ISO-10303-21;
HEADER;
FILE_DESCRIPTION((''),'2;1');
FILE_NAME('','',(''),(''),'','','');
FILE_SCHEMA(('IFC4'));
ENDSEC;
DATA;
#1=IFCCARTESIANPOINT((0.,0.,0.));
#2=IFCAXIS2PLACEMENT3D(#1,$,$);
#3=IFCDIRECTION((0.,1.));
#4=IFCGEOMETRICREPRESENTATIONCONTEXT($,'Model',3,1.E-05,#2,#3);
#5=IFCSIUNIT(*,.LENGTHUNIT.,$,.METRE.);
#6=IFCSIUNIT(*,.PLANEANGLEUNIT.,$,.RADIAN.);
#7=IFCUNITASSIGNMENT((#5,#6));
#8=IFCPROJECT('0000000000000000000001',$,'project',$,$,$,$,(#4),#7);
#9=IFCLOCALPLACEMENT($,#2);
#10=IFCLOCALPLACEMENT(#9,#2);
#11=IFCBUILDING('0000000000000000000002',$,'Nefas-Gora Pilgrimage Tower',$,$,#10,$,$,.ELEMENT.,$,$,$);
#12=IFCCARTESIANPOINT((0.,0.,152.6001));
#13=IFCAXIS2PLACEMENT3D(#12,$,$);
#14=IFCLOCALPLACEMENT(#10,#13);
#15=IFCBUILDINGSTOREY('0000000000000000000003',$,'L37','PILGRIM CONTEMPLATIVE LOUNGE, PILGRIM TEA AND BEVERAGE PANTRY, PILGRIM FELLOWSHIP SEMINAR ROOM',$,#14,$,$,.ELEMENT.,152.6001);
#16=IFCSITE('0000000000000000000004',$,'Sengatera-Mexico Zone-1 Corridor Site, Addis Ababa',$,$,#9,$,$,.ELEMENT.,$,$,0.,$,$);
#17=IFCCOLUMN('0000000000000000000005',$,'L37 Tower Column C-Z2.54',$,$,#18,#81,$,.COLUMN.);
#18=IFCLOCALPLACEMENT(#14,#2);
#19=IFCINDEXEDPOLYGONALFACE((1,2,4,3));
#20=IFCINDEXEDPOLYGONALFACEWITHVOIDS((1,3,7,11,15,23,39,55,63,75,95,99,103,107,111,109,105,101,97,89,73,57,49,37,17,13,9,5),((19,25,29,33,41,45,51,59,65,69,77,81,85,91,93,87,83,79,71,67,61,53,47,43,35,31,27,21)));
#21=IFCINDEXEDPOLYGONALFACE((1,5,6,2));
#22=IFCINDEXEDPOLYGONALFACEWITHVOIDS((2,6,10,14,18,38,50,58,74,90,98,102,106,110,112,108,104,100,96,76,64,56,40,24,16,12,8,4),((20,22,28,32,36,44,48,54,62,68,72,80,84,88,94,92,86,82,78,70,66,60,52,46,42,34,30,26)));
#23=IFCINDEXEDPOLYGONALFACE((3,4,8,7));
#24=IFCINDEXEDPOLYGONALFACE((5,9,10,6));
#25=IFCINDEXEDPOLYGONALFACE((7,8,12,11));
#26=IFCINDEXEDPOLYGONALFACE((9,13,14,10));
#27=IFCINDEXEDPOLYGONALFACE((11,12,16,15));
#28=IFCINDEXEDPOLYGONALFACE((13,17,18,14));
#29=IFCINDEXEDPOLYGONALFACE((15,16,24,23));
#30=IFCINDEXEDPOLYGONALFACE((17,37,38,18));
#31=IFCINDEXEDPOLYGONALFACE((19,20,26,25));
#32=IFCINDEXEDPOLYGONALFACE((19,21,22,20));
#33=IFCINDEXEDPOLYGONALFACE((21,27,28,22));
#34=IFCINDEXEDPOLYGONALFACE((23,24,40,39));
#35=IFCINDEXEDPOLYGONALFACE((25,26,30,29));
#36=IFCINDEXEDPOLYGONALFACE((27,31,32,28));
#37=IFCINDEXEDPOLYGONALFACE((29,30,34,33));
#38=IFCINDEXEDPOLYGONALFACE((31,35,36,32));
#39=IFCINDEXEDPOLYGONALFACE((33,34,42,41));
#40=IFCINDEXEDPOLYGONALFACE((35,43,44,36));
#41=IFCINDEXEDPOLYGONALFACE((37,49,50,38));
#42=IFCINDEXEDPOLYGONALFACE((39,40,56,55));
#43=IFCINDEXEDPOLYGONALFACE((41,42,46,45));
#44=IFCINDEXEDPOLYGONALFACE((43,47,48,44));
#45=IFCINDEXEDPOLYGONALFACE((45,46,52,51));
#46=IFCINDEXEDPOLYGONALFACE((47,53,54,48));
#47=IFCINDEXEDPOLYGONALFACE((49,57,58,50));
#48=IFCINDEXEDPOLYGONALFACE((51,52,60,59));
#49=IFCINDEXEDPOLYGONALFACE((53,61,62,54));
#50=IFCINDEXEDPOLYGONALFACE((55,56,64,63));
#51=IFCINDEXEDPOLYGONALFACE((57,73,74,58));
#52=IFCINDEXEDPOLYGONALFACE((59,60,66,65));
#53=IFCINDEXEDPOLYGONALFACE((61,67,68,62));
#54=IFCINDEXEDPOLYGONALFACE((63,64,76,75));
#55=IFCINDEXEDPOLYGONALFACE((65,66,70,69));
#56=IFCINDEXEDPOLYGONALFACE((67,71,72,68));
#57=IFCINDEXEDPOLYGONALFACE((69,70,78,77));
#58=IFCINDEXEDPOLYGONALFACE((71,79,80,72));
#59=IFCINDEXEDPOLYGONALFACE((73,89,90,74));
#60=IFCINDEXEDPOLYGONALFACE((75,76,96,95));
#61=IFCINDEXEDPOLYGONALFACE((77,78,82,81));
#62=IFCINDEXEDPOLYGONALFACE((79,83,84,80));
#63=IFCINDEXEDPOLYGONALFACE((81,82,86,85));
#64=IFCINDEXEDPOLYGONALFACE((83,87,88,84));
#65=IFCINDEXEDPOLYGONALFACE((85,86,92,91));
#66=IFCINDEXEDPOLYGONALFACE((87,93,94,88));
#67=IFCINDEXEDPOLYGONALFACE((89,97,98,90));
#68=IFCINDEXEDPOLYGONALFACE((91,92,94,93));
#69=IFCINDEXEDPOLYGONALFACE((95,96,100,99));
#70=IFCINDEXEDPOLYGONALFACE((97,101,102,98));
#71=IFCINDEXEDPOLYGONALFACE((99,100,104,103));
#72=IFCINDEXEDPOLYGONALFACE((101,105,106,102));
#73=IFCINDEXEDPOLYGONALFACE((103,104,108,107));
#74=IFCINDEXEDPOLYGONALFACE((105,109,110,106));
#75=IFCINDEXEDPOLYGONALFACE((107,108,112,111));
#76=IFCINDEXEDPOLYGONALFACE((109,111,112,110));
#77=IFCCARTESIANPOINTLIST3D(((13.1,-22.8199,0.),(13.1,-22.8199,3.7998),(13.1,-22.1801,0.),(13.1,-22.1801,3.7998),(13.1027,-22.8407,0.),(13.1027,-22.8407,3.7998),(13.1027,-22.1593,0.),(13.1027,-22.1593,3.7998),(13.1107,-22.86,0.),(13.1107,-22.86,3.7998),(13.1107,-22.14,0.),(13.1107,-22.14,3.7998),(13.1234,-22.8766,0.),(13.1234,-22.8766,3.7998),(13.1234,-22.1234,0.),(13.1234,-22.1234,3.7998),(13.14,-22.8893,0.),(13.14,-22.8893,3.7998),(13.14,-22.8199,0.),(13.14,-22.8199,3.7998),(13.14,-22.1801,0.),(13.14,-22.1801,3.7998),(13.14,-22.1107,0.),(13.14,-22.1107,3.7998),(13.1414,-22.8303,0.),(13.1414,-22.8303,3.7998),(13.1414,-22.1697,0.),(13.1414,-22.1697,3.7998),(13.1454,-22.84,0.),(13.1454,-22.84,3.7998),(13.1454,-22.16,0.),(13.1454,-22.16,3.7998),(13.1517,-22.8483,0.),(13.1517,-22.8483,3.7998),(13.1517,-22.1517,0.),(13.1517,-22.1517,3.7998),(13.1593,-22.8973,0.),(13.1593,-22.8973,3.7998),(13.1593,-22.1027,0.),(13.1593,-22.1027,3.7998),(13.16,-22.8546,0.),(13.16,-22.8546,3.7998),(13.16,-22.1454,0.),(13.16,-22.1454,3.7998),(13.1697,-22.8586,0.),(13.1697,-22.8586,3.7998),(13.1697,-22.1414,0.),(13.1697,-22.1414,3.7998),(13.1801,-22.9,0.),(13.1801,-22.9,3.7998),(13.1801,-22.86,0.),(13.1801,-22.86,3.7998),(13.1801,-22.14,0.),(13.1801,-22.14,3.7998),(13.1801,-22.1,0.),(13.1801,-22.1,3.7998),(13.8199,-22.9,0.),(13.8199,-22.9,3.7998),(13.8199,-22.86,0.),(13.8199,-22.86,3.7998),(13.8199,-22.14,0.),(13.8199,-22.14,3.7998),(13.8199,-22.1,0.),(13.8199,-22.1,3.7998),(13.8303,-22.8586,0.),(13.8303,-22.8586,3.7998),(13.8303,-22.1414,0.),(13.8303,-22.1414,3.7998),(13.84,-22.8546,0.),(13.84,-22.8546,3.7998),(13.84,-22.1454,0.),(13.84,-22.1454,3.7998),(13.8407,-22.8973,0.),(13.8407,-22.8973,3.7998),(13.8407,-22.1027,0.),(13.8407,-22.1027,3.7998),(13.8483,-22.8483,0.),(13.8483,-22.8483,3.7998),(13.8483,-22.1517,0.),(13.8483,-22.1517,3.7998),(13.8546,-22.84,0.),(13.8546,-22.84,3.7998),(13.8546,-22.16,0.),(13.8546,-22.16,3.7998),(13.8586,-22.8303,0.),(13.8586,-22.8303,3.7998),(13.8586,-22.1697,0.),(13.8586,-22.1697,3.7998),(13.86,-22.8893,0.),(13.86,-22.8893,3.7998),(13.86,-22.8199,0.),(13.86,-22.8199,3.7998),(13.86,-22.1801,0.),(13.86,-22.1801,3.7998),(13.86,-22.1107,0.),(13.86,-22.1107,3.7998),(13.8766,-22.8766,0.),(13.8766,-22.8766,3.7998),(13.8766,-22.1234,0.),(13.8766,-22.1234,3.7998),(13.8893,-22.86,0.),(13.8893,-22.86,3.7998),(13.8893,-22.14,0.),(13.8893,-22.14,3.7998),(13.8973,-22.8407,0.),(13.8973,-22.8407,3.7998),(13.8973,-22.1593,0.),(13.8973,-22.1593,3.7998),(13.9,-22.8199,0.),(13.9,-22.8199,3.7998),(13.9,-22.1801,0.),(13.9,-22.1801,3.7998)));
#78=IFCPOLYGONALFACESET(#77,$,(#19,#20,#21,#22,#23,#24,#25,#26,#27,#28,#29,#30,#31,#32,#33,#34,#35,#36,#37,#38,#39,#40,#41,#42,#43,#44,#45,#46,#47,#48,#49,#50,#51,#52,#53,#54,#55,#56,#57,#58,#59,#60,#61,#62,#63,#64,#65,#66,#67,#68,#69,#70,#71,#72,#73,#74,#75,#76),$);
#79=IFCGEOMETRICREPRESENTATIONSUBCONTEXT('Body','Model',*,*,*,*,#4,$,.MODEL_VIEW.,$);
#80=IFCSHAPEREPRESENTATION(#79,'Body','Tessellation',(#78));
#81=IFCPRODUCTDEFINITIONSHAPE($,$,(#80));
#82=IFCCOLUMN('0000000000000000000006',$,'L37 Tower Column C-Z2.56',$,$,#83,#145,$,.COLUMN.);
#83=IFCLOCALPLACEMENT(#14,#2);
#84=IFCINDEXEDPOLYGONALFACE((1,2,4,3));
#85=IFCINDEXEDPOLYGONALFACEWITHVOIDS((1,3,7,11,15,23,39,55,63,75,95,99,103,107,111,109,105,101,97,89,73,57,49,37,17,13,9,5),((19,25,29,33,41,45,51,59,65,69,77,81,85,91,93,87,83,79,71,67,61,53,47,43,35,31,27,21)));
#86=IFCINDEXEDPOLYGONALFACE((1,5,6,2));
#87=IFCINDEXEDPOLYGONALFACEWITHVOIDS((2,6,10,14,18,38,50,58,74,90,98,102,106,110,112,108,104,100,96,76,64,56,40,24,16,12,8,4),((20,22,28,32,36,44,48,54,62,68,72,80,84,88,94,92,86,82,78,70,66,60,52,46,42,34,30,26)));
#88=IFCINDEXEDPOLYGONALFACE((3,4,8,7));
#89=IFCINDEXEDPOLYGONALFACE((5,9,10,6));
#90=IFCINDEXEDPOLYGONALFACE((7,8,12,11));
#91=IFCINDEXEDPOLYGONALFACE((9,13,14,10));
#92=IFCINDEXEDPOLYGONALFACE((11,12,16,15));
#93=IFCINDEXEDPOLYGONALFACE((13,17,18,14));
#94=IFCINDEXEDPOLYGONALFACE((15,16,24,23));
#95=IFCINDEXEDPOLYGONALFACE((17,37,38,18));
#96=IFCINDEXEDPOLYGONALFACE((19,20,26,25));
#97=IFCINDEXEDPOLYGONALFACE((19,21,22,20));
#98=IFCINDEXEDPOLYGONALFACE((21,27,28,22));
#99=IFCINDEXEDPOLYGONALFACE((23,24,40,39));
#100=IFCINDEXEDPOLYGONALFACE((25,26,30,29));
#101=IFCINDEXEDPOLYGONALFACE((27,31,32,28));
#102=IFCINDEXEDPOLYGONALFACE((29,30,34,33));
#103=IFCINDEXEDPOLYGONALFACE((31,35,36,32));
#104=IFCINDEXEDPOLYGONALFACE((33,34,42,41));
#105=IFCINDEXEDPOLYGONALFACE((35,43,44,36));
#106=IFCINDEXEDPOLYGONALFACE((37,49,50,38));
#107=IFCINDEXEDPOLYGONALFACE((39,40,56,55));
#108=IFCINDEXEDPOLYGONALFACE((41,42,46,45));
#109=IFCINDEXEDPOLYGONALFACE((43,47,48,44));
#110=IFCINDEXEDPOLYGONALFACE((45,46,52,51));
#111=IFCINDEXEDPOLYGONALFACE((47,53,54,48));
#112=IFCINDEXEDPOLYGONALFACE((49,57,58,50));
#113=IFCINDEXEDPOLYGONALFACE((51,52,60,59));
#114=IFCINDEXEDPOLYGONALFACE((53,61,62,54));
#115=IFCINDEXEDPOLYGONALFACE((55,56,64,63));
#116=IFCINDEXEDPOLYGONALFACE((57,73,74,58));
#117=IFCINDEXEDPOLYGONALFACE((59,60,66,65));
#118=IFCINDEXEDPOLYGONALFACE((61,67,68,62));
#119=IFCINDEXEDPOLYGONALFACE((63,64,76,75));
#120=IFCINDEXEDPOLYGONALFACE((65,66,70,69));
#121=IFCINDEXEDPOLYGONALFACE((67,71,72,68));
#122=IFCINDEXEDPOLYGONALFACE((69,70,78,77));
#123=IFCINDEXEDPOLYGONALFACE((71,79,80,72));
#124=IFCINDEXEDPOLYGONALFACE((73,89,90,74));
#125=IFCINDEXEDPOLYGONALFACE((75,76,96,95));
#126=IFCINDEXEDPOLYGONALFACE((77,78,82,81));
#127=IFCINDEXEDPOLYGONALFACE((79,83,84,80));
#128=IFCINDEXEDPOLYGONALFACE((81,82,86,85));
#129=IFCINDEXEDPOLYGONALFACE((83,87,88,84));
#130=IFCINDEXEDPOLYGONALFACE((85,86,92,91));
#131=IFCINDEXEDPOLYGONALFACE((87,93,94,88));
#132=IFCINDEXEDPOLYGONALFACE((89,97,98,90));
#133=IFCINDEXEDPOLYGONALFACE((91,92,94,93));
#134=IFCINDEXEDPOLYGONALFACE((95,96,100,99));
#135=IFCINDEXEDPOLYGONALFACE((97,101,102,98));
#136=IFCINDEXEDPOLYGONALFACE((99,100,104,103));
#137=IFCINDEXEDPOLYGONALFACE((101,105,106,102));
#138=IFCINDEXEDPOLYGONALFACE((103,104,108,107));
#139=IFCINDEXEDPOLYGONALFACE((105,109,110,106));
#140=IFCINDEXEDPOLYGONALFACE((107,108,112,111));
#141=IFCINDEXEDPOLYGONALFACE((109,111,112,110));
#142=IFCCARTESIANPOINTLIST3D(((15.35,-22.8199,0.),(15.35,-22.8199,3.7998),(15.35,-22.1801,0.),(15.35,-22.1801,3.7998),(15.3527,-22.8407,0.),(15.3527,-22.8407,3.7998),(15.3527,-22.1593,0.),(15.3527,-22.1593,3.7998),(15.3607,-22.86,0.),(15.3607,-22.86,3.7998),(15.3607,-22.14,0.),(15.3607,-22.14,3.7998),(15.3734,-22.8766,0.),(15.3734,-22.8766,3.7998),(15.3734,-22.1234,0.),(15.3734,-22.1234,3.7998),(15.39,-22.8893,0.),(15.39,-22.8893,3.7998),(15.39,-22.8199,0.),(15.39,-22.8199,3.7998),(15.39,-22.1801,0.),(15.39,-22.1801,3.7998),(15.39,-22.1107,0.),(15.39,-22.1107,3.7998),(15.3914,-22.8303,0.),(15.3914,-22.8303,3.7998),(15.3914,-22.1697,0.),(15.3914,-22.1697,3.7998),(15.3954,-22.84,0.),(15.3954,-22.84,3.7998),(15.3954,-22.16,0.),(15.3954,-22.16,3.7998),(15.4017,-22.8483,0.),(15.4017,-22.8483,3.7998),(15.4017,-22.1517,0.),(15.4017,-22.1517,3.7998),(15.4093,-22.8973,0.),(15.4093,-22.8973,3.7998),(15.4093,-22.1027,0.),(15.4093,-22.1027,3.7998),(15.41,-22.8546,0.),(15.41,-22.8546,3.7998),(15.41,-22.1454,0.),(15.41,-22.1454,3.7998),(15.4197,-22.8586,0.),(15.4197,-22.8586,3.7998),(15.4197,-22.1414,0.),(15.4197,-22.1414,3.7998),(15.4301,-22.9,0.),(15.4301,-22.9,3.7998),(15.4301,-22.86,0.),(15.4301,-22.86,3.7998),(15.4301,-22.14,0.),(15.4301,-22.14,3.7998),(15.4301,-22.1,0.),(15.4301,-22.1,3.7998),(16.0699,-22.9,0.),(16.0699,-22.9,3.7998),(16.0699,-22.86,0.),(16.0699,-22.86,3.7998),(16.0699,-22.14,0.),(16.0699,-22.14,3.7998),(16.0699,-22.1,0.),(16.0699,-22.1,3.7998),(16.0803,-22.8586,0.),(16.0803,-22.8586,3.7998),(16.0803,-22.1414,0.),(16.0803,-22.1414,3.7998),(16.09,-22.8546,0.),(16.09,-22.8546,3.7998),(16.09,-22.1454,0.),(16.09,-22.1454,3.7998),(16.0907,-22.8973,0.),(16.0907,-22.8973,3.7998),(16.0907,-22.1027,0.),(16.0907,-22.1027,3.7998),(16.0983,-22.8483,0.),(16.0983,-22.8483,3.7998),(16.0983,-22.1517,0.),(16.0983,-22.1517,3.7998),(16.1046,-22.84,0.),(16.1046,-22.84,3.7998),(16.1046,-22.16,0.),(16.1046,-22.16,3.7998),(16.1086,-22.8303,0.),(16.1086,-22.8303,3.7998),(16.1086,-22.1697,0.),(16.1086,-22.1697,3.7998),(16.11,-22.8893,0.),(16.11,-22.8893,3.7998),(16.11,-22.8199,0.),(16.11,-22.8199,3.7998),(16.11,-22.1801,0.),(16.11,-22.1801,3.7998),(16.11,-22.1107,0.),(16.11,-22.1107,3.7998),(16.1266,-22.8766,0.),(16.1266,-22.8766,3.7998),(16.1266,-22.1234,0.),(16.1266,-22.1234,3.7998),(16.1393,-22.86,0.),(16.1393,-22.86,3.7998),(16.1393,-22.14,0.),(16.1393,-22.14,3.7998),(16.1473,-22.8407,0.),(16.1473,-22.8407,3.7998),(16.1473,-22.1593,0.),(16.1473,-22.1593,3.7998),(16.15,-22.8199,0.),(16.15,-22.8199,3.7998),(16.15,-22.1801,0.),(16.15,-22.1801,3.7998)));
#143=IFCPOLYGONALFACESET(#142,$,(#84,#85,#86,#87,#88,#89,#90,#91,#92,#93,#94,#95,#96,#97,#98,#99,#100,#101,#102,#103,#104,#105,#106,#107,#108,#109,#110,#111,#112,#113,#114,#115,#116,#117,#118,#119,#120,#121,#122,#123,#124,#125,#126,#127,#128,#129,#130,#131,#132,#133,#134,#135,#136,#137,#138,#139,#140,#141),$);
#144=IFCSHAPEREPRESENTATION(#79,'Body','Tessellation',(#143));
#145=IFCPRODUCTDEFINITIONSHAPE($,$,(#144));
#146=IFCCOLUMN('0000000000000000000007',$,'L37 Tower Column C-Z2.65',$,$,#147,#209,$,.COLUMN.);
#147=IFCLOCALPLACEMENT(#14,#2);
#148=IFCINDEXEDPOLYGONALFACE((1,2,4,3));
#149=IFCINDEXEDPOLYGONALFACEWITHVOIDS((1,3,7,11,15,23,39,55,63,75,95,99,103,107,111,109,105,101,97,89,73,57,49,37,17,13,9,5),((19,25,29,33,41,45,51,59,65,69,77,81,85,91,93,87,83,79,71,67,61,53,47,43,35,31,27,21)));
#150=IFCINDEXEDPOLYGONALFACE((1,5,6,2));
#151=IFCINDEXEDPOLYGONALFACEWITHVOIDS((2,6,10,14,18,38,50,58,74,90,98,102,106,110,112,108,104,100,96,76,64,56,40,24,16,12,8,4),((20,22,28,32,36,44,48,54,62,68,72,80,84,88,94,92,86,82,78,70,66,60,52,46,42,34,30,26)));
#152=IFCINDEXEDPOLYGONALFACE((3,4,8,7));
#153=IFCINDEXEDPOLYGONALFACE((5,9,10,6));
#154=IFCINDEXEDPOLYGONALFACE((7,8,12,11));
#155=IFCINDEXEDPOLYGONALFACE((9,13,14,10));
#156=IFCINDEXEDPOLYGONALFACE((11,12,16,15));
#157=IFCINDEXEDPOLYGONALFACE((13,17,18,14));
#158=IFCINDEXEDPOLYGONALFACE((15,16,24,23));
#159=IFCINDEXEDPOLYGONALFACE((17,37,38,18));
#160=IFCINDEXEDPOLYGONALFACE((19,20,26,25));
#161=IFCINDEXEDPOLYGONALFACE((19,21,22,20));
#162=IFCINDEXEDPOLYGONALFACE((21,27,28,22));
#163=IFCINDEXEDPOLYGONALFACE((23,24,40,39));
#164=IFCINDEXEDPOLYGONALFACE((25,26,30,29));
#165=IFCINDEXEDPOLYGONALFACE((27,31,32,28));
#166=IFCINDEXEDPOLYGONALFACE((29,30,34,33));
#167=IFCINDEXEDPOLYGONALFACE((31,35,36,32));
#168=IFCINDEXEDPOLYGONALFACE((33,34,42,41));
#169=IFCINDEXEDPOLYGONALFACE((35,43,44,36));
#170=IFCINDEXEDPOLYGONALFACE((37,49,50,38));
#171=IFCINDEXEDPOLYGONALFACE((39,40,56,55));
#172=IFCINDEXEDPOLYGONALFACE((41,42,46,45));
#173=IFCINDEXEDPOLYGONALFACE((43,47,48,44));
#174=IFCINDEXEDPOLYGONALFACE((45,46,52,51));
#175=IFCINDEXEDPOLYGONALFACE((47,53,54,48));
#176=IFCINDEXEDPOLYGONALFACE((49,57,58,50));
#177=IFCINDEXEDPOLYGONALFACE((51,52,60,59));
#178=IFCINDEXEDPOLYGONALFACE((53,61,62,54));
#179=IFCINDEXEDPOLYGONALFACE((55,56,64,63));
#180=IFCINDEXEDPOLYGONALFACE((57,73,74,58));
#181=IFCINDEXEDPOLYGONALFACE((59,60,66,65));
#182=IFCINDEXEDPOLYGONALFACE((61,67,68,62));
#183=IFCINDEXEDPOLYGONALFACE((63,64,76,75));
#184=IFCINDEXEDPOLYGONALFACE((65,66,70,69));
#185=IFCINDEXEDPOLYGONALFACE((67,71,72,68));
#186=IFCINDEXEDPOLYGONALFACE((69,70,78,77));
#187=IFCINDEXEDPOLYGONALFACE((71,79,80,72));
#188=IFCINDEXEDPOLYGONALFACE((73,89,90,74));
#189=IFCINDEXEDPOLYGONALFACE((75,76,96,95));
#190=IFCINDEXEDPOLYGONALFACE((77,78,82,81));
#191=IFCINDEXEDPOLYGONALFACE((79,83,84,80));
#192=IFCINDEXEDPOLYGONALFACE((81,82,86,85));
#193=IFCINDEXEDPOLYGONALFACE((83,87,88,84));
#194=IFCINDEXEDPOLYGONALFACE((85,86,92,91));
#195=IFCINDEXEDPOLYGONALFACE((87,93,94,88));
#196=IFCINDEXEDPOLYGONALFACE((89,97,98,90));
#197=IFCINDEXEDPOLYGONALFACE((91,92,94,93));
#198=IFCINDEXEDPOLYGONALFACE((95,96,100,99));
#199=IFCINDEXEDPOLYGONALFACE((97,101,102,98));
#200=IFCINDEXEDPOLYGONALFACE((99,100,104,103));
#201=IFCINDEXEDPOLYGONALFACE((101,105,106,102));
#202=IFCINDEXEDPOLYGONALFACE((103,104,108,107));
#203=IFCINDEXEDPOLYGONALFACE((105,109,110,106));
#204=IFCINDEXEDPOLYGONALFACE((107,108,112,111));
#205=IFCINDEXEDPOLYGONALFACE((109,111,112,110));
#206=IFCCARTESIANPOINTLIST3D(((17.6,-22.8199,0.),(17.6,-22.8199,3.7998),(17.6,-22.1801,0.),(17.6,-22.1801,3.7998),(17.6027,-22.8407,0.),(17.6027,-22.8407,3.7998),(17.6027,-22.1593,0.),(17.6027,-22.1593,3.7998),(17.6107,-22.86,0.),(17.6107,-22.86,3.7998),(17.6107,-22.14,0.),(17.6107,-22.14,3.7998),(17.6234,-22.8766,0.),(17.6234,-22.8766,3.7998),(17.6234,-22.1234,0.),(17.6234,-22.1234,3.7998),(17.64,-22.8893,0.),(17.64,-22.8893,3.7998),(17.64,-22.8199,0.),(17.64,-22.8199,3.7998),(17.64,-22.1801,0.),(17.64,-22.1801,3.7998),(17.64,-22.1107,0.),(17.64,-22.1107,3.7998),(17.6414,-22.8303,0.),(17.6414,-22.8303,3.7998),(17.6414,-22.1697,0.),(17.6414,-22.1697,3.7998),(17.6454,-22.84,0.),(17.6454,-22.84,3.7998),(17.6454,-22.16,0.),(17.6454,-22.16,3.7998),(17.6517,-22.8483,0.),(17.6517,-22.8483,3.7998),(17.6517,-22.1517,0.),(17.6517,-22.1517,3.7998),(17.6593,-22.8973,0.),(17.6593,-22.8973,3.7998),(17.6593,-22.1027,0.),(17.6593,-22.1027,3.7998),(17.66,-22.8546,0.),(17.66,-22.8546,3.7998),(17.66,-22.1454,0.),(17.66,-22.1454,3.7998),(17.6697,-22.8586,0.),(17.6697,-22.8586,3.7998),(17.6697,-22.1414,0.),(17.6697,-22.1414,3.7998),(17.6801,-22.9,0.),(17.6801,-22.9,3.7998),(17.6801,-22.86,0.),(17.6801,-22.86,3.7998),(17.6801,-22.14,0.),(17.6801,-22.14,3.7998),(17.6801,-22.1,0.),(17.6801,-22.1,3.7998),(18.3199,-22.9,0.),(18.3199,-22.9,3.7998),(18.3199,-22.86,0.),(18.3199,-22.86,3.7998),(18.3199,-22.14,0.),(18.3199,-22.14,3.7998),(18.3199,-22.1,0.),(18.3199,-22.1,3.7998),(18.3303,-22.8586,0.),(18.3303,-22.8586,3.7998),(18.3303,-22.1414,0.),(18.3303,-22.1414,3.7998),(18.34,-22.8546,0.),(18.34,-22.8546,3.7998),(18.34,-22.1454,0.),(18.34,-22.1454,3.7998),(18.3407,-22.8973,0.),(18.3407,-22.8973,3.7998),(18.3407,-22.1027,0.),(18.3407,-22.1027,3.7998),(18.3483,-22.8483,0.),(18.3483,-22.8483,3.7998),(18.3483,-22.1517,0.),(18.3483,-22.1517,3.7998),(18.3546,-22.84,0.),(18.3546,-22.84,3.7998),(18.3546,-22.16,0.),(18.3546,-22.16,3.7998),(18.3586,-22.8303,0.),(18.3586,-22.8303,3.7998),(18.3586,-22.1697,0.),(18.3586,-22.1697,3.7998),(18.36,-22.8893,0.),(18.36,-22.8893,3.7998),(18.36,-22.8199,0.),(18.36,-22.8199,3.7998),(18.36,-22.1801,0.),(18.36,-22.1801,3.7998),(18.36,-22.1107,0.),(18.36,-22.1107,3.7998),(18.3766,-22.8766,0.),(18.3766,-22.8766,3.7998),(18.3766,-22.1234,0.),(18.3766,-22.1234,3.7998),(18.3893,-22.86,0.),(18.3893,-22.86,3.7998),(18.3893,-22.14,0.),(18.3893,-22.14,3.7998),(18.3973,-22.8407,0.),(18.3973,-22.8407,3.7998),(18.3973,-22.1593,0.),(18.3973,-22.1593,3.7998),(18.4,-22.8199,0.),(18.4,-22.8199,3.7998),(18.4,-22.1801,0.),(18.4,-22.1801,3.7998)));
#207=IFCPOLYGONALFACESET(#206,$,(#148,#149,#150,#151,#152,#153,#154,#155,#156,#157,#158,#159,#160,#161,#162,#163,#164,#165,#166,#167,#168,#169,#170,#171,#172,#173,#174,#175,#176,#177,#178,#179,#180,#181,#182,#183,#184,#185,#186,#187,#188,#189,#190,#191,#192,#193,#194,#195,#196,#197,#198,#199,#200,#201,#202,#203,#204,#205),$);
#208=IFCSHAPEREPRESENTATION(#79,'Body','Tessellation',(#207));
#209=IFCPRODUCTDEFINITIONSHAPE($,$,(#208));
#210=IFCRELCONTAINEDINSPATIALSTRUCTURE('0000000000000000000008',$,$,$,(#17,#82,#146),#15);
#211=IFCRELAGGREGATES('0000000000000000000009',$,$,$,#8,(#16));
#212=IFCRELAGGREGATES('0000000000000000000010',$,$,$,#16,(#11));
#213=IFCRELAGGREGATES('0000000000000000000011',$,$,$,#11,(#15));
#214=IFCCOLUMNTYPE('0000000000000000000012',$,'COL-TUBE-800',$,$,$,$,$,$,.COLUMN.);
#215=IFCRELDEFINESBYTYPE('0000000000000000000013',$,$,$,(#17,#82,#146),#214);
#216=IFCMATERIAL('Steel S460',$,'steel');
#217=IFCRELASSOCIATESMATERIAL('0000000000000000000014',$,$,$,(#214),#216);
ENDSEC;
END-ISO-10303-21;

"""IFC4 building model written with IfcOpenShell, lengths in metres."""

from ifc_helpers import new_model, si_unit, direction, frame, origin, origin_2d, place, context, subcontext, project, spatial, hollow_rectangle, extrude, source, transform, mapped, material, material_profile, profile_set, type_object, element, save


model = new_model("IFC4")

# Units and contexts
model_context = context("Model", 3, precision=1e-05, world=origin(), true_north=direction((0.0, 1.0)))
body_context = subcontext(model_context, "Body", "Model", "MODEL_VIEW")
ifc_project = project(units=[si_unit("LENGTHUNIT", "METRE"), si_unit("PLANEANGLEUNIT", "RADIAN")], contexts=[model_context])

# Site, building, storey
site_placement = place(None, origin())
site = spatial("IfcSite", under=ifc_project, at=site_placement, Name="Sengatera-Mexico Zone-1 Corridor Site, Addis Ababa", CompositionType="ELEMENT", RefElevation=0.0)
building_placement = place(site_placement, origin())
building = spatial("IfcBuilding", under=site, at=building_placement, Name="Nefas-Gora Pilgrimage Tower", CompositionType="ELEMENT")
storey_placement = place(building_placement, frame((0.0, 0.0, 152.6001)))
storey = spatial("IfcBuildingStorey", under=building, at=storey_placement, Name="L37", Description="PILGRIM CONTEMPLATIVE LOUNGE, PILGRIM TEA AND BEVERAGE PANTRY, PILGRIM FELLOWSHIP SEMINAR ROOM", CompositionType="ELEMENT", Elevation=152.6001)

# Columns
ifc_material_1 = material(Name="Steel S460", Category="steel")
ifc_material_profile_1 = material_profile(ifc_material_1, hollow_rectangle(XDim=0.8, YDim=0.8, WallThickness=0.04, InnerFilletRadius=0.04, OuterFilletRadius=0.0801, at=origin_2d()), Name="BOX 800x800x40")
ifc_profile_set_1 = profile_set([ifc_material_profile_1], Name="Steel S460")
column_type_1 = type_object("IfcColumnType", Name="COL-TUBE-800", PredefinedType="COLUMN", material=ifc_profile_set_1)
shared_shape_1 = source(origin(), body_context, "Body", "SweptSolid", [
    extrude(hollow_rectangle(XDim=0.8, YDim=0.8, WallThickness=0.04, InnerFilletRadius=0.04, OuterFilletRadius=0.0801, at=origin_2d()), origin(), (0.0, 0.0, 1.0), 3.7998),
])
for number, where, z_axis, x_axis, name in (
    (1, (13.5, -22.5, 0.0), (0.0, 0.0, 1.0), (1.0, 0.0, 0.0), "L37 Tower Column C-Z2.54"),
    (2, (15.75, -22.5, 0.0), (0.0, 0.0, 1.0), (1.0, 0.0, 0.0), "L37 Tower Column C-Z2.56"),
    (3, (18.0, -22.5, 0.0), (0.0, 0.0, 1.0), (1.0, 0.0, 0.0), "L37 Tower Column C-Z2.65"),
):
    element("IfcColumn", number, at=place(storey_placement, frame(where, z_axis=z_axis, x_axis=x_axis)), inside=storey, type_object=column_type_1, Name=name, PredefinedType="COLUMN", context=body_context, shape_type="MappedRepresentation", body=[
        mapped(shared_shape_1, transform((0.0, 0.0, 0.0), x_axis=(1.0, 0.0, 0.0), y_axis=(0.0, 1.0, 0.0), z_axis=(0.0, 0.0, 1.0), scale=1.0)),
    ])

save(model, "model.ifc")
